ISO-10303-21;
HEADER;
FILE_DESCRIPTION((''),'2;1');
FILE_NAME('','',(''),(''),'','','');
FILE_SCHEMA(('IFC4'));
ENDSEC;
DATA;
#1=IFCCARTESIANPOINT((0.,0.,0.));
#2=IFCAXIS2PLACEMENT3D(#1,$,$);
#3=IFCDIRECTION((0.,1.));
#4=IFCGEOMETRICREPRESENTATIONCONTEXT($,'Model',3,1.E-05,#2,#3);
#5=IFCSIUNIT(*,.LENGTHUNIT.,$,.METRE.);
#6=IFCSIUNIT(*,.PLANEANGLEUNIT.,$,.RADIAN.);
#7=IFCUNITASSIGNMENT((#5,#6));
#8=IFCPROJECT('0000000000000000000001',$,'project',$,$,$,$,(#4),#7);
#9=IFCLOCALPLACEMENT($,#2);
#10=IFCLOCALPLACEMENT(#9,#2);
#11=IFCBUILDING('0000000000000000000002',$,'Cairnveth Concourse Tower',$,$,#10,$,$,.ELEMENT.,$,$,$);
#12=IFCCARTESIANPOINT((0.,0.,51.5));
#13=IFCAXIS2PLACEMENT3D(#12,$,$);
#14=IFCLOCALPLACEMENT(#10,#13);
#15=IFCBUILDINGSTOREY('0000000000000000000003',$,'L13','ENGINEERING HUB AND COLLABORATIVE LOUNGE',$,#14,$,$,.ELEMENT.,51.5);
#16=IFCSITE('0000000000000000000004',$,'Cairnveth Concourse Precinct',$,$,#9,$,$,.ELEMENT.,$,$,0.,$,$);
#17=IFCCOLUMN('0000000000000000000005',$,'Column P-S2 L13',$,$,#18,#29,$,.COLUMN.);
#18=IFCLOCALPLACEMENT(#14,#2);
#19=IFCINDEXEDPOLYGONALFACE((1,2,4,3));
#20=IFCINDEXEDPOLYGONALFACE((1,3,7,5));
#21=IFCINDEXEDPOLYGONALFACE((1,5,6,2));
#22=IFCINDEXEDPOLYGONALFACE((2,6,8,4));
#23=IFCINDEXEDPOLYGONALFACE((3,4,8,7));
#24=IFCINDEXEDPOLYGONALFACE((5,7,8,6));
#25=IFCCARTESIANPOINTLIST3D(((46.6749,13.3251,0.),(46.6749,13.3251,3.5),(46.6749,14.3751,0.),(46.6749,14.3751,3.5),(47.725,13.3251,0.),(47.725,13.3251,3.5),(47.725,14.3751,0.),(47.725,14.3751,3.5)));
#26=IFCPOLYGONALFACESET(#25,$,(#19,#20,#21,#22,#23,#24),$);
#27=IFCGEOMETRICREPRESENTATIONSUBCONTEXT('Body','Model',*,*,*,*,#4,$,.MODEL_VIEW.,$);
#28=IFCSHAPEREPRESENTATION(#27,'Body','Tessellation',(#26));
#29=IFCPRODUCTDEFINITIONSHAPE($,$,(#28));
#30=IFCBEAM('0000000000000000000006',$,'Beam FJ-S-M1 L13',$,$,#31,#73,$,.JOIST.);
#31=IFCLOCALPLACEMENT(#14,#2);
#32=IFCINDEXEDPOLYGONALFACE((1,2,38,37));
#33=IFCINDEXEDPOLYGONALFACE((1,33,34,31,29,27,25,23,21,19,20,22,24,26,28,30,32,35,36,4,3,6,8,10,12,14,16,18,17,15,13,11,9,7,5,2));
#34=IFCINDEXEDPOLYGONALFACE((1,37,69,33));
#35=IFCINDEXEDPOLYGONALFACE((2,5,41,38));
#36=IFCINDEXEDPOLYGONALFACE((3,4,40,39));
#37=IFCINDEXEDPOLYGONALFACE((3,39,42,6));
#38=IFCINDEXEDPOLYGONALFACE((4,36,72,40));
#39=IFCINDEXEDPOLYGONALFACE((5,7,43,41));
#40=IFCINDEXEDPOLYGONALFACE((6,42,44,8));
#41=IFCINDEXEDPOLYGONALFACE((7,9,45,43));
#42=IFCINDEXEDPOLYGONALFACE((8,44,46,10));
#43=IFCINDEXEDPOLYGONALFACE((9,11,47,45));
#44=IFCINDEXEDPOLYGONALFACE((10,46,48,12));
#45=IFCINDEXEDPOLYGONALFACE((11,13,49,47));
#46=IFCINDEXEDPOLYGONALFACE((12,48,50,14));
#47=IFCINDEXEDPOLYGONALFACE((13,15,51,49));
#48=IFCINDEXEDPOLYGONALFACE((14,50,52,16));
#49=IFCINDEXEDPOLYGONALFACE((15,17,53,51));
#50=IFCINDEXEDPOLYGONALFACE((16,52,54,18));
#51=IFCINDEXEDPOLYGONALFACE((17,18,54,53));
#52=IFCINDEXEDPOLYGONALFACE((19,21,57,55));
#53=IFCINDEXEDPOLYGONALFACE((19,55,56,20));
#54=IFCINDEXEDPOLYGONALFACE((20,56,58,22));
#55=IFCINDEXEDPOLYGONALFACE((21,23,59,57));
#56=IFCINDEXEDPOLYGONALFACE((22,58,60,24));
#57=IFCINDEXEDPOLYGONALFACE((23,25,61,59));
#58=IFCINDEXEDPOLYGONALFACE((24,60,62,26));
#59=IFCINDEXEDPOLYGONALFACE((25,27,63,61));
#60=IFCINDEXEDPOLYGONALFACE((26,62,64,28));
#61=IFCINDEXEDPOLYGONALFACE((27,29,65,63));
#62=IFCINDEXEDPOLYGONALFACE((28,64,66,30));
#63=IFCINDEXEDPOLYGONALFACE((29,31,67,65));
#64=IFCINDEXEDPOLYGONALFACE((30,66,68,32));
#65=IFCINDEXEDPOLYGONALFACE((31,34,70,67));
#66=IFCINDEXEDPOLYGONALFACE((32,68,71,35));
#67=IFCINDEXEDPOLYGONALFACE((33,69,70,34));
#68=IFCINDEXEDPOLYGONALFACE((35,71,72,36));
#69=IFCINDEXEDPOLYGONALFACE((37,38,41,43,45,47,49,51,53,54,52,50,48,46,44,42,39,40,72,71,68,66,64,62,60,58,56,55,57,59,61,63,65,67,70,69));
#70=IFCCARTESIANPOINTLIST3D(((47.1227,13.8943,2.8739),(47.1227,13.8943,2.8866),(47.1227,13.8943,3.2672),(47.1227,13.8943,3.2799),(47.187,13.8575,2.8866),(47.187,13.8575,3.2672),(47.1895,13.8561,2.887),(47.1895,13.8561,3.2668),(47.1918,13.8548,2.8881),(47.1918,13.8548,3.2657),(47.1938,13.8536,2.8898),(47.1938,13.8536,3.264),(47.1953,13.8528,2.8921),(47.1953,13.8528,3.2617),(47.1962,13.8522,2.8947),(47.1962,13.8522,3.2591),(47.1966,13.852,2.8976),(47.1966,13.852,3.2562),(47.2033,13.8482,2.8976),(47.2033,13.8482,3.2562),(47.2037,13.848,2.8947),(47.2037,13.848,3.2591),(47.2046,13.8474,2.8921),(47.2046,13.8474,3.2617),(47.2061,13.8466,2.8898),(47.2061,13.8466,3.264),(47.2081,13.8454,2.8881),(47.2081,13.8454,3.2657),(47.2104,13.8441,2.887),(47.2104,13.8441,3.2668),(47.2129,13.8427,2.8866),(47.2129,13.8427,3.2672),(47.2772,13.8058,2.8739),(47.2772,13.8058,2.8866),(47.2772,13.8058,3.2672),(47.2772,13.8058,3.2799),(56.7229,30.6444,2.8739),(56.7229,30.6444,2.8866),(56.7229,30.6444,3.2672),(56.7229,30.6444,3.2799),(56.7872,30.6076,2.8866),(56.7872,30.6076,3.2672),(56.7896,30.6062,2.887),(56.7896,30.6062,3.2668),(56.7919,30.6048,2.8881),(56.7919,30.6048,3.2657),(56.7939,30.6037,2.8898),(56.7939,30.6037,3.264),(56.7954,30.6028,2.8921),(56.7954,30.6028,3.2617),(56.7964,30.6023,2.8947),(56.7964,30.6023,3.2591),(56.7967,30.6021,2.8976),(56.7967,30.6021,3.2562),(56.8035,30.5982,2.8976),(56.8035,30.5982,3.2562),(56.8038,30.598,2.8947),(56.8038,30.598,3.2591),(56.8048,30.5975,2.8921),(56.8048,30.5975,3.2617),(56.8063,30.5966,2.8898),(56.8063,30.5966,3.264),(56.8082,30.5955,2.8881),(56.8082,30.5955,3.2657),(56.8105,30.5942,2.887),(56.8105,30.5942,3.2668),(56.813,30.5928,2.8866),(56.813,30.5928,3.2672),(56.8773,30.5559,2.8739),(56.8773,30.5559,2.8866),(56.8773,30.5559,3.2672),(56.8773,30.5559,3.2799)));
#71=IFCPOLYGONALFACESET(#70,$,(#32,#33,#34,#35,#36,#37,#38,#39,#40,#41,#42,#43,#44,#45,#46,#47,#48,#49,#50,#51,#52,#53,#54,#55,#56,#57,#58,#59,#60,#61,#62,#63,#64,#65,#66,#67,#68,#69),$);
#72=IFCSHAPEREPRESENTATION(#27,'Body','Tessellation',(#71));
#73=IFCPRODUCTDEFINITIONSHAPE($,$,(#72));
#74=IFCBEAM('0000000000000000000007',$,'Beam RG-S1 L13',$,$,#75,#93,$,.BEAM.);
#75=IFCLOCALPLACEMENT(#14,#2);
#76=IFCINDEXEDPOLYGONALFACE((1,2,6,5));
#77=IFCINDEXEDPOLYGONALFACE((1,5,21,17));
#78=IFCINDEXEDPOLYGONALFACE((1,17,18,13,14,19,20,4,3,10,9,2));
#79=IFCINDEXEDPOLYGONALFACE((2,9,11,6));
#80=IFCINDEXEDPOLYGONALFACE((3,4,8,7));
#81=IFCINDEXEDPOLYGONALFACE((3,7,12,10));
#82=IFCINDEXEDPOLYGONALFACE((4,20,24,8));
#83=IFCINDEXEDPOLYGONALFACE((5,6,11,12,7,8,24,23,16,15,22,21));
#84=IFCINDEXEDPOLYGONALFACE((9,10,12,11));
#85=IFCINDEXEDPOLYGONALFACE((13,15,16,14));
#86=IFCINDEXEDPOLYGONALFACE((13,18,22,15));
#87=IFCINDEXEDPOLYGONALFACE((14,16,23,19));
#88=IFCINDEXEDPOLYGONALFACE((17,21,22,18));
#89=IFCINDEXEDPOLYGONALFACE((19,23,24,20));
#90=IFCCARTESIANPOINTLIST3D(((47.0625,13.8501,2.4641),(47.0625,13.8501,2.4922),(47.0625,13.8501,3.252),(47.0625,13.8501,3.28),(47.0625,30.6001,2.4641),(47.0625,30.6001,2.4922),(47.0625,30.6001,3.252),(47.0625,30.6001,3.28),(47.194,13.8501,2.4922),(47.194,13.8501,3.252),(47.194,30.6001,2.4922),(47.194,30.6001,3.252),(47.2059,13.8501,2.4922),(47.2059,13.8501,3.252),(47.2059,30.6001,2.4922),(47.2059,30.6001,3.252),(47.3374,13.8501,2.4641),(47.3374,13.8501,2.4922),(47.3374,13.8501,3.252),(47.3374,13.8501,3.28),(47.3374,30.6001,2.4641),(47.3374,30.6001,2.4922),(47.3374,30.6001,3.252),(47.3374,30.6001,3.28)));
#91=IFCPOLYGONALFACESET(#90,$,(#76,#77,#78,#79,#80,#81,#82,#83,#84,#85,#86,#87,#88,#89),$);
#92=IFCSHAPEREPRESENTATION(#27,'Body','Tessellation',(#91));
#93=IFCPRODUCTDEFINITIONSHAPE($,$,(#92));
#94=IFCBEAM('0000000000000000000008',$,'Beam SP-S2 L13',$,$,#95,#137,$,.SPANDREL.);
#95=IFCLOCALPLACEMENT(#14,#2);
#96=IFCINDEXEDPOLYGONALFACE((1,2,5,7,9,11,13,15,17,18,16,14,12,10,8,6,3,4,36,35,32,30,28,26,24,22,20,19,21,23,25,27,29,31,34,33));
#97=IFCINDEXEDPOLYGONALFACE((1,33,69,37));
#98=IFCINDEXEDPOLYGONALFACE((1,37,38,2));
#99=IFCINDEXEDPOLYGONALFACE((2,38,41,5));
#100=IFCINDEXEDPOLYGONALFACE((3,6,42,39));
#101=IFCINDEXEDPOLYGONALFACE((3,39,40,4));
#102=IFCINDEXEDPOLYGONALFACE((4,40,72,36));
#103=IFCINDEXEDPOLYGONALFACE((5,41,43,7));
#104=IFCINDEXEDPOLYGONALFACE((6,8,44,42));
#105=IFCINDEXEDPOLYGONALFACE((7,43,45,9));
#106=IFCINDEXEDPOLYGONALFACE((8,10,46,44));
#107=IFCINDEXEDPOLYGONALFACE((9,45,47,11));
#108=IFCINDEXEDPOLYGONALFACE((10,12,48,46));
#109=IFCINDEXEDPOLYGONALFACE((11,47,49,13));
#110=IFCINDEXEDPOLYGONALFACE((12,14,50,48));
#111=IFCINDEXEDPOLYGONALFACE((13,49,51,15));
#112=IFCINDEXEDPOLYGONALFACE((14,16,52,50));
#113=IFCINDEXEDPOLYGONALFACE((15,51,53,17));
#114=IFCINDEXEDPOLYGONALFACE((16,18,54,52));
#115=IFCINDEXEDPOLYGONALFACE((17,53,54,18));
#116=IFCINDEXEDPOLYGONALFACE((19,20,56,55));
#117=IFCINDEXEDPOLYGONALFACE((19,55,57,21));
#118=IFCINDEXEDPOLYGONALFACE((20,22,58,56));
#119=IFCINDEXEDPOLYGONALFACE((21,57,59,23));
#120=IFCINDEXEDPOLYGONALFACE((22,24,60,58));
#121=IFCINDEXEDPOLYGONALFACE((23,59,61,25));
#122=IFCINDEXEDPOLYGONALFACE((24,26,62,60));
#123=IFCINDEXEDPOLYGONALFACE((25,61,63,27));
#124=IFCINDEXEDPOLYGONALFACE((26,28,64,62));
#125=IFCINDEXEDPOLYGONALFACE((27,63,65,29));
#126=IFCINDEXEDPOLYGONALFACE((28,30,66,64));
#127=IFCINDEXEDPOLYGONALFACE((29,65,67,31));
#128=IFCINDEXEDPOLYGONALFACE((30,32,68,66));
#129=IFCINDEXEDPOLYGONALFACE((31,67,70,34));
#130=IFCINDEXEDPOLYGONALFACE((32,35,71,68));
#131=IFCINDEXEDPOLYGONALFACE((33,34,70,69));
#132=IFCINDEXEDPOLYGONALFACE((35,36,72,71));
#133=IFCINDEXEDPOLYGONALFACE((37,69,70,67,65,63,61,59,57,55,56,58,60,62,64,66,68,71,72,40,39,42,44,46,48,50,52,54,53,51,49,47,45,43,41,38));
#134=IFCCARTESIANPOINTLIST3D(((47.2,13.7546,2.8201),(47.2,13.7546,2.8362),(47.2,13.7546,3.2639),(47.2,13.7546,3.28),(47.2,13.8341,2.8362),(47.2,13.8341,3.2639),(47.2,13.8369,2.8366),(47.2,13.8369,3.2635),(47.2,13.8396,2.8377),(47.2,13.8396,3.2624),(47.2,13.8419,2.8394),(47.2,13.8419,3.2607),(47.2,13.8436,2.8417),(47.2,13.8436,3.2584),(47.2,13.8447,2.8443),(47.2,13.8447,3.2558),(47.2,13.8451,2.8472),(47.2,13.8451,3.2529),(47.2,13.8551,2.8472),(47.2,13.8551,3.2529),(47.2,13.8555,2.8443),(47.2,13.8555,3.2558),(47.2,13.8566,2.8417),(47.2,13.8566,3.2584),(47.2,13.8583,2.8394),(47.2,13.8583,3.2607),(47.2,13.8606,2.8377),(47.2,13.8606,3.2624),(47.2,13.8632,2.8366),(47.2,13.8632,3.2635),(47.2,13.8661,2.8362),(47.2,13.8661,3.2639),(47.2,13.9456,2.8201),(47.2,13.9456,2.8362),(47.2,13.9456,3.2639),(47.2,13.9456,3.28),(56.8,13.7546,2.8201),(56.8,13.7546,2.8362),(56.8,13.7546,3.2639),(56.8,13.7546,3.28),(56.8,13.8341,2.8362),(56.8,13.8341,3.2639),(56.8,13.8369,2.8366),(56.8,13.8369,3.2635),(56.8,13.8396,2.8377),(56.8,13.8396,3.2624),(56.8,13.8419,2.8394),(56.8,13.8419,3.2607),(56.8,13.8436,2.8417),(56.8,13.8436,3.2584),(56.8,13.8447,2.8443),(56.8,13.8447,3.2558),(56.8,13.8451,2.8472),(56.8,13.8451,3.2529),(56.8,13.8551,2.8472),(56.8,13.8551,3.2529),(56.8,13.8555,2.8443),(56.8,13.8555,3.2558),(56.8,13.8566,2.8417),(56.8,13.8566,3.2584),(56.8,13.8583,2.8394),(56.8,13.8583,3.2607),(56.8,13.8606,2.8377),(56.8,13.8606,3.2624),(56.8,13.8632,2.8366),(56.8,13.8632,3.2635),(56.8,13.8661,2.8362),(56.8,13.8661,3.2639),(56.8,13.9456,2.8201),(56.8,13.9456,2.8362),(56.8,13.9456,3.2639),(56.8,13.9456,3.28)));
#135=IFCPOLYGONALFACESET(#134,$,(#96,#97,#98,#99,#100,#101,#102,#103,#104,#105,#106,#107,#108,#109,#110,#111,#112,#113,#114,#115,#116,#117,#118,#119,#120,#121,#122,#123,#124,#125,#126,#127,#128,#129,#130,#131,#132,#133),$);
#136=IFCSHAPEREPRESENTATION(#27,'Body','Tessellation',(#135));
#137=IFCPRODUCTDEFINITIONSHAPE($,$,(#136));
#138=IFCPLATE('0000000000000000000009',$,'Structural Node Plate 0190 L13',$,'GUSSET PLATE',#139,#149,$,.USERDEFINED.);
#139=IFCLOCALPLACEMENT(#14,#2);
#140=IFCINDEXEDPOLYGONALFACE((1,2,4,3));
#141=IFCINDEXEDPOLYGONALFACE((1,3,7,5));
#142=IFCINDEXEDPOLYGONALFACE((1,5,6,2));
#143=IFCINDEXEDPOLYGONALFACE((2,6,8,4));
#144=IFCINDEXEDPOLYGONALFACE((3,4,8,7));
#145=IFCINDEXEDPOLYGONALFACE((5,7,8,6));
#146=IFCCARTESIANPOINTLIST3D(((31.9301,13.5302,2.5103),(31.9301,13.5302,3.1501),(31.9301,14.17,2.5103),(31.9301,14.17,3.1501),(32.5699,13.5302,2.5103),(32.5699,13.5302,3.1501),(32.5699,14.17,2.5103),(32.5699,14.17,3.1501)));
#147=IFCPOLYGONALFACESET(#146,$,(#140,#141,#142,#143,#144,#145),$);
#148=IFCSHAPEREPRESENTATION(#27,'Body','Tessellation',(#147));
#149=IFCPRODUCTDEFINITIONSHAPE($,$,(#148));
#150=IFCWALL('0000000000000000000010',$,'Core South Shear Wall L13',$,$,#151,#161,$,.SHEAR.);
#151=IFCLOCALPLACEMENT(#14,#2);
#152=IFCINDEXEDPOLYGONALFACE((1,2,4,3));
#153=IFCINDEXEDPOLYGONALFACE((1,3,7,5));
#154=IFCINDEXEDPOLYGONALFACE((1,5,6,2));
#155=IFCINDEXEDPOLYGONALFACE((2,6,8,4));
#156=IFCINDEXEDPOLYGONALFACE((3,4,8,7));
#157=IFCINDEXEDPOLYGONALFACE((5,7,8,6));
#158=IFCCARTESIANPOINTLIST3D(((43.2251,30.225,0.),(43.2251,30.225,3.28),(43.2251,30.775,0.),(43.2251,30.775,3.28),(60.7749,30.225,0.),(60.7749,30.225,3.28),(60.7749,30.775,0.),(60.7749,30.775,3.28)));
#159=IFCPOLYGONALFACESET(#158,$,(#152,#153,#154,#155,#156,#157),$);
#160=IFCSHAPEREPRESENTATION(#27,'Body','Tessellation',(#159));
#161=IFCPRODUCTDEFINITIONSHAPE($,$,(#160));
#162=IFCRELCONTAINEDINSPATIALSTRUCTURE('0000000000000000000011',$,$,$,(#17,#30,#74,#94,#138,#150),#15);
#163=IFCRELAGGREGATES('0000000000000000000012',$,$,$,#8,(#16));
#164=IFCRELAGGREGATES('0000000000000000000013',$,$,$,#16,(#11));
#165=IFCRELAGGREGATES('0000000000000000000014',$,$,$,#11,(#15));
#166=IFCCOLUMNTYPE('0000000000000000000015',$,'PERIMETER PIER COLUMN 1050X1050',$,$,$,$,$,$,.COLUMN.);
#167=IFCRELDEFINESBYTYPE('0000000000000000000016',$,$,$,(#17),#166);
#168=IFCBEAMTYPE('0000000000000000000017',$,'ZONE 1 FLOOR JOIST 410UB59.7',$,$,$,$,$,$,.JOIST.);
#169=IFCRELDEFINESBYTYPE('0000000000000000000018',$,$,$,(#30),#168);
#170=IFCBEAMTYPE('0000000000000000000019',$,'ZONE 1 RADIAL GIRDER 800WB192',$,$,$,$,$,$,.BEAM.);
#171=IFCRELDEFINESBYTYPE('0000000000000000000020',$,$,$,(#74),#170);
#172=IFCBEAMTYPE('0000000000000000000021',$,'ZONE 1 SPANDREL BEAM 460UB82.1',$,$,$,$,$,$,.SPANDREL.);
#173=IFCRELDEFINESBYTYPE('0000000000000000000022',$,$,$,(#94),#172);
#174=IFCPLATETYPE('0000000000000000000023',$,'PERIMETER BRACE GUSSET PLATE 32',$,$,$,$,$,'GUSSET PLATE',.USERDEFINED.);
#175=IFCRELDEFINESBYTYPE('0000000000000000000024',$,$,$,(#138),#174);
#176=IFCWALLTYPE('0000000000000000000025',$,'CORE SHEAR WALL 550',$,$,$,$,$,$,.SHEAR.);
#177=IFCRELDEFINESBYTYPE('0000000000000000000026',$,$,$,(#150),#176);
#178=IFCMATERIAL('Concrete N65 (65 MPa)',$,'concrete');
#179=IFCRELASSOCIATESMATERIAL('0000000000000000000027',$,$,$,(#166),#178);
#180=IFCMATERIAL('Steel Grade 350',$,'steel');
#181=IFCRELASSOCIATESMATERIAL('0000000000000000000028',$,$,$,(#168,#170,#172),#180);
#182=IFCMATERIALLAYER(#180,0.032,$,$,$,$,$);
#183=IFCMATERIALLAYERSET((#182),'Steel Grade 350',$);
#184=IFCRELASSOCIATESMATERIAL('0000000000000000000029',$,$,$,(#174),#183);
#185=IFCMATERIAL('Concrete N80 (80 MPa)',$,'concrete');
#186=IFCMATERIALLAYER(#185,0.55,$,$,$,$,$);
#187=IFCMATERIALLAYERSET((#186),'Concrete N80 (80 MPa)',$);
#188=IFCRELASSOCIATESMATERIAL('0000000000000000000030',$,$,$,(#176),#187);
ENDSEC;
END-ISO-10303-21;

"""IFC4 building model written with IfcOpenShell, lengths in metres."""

from ifc_helpers import new_model, si_unit, direction, frame, frame_2d, origin, origin_2d, place, context, subcontext, project, spatial, rectangle, i_section, extrude, material, layer, layer_set, material_profile, profile_set, type_object, element, save


model = new_model("IFC4")

# Units and contexts
model_context = context("Model", 3, precision=1e-05, world=origin(), true_north=direction((0.0, 1.0)))
body_context = subcontext(model_context, "Body", "Model", "MODEL_VIEW")
ifc_project = project(units=[si_unit("LENGTHUNIT", "METRE"), si_unit("PLANEANGLEUNIT", "RADIAN")], contexts=[model_context])

# Site, building, storey
site_placement = place(None, origin())
site = spatial("IfcSite", under=ifc_project, at=site_placement, Name="Cairnveth Concourse Precinct", CompositionType="ELEMENT", RefElevation=0.0)
building_placement = place(site_placement, origin())
building = spatial("IfcBuilding", under=site, at=building_placement, Name="Cairnveth Concourse Tower", CompositionType="ELEMENT")
storey_placement = place(building_placement, frame((0.0, 0.0, 51.5)))
storey = spatial("IfcBuildingStorey", under=building, at=storey_placement, Name="L13", Description="ENGINEERING HUB AND COLLABORATIVE LOUNGE", CompositionType="ELEMENT", Elevation=51.5)

# Column
ifc_material_1 = material(Name="Concrete N65 (65 MPa)", Category="concrete")
ifc_material_profile_1 = material_profile(ifc_material_1, rectangle(XDim=1.05, YDim=1.05, at=origin_2d()), Name="RC-COL-1050x1050")
ifc_profile_set_1 = profile_set([ifc_material_profile_1], Name="Concrete N65 (65 MPa)")
column_type = type_object("IfcColumnType", Name="PERIMETER PIER COLUMN 1050X1050", PredefinedType="COLUMN", material=ifc_profile_set_1)
column_placement = place(storey_placement, frame((47.2, 13.8501, 0.0), z_axis=(0.0, 0.0, 1.0), x_axis=(1.0, 0.0, 0.0)))
element("IfcColumn", 1, at=column_placement, inside=storey, type_object=column_type, Name="Column P-S2 L13", PredefinedType="COLUMN", context=body_context, shape_type="SweptSolid", body=[
    extrude(rectangle(XDim=1.05, YDim=1.05, at=origin_2d()), origin(), (0.0, 0.0, 1.0), 3.5),
])

# Beams
ifc_material_2 = material(Name="Steel Grade 350", Category="steel")
ifc_material_profile_2 = material_profile(ifc_material_2, i_section(OverallWidth=0.178, OverallDepth=0.406, WebThickness=0.0078, FlangeThickness=0.0127, FilletRadius=0.011, at=origin_2d()), Name="410UB59.7")
ifc_profile_set_2 = profile_set([ifc_material_profile_2], Name="Steel Grade 350")
beam_type_1 = type_object("IfcBeamType", Name="ZONE 1 FLOOR JOIST 410UB59.7", PredefinedType="JOIST", material=ifc_profile_set_2)
beam_1_placement = place(storey_placement, frame((47.2, 13.8501, 3.0769), z_axis=(0.497258, 0.867603, 0.0), x_axis=(-0.867603, 0.497258, 0.0)))
element("IfcBeam", 2, at=beam_1_placement, inside=storey, type_object=beam_type_1, Name="Beam FJ-S-M1 L13", PredefinedType="JOIST", context=body_context, shape_type="SweptSolid", body=[
    extrude(i_section(OverallWidth=0.178, OverallDepth=0.406, WebThickness=0.0078, FlangeThickness=0.0127, FilletRadius=0.011, at=origin_2d()), origin(), (0.0, 0.0, 1.0), 19.3062),
])
ifc_material_profile_3 = material_profile(ifc_material_2, i_section(OverallWidth=0.2749, OverallDepth=0.8159, WebThickness=0.012, FlangeThickness=0.0281, at=origin_2d()), Name="800WB192")
ifc_profile_set_3 = profile_set([ifc_material_profile_3], Name="Steel Grade 350")
beam_type_2 = type_object("IfcBeamType", Name="ZONE 1 RADIAL GIRDER 800WB192", PredefinedType="BEAM", material=ifc_profile_set_3)
beam_2_placement = place(storey_placement, frame((47.2, 13.8501, 2.8721), z_axis=(0.0, 1.0, 0.0), x_axis=(-1.0, 0.0, 0.0)))
element("IfcBeam", 3, at=beam_2_placement, inside=storey, type_object=beam_type_2, Name="Beam RG-S1 L13", PredefinedType="BEAM", context=body_context, shape_type="SweptSolid", body=[
    extrude(i_section(OverallWidth=0.2749, OverallDepth=0.8159, WebThickness=0.012, FlangeThickness=0.0281, at=origin_2d()), origin(), (0.0, 0.0, 1.0), 16.75),
])
ifc_material_profile_4 = material_profile(ifc_material_2, i_section(OverallWidth=0.1909, OverallDepth=0.46, WebThickness=0.01, FlangeThickness=0.0161, FilletRadius=0.011, at=origin_2d()), Name="460UB82.1")
ifc_profile_set_4 = profile_set([ifc_material_profile_4], Name="Steel Grade 350")
beam_type_3 = type_object("IfcBeamType", Name="ZONE 1 SPANDREL BEAM 460UB82.1", PredefinedType="SPANDREL", material=ifc_profile_set_4)
beam_3_placement = place(storey_placement, frame((47.2, 13.8501, 3.05), z_axis=(1.0, 0.0, 0.0), x_axis=(0.0, 1.0, 0.0)))
element("IfcBeam", 4, at=beam_3_placement, inside=storey, type_object=beam_type_3, Name="Beam SP-S2 L13", PredefinedType="SPANDREL", context=body_context, shape_type="SweptSolid", body=[
    extrude(i_section(OverallWidth=0.1909, OverallDepth=0.46, WebThickness=0.01, FlangeThickness=0.0161, FilletRadius=0.011, at=origin_2d()), origin(), (0.0, 0.0, 1.0), 9.6001),
])

# Plate
ifc_layer_1 = layer(ifc_material_2, 0.032)
ifc_layer_set_1 = layer_set([ifc_layer_1], Name="Steel Grade 350")
plate_type = type_object("IfcPlateType", Name="PERIMETER BRACE GUSSET PLATE 32", ElementType="GUSSET PLATE", PredefinedType="USERDEFINED", material=ifc_layer_set_1)
plate_placement = place(storey_placement, frame((32.25, 13.8501, 2.5103), z_axis=(0.0, 0.0, 1.0), x_axis=(1.0, 0.0, 0.0)))
element("IfcPlate", 5, at=plate_placement, inside=storey, type_object=plate_type, Name="Structural Node Plate 0190 L13", ObjectType="GUSSET PLATE", PredefinedType="USERDEFINED", context=body_context, shape_type="SweptSolid", body=[
    extrude(rectangle(XDim=0.6399, YDim=0.6399, at=origin_2d()), origin(), (0.0, 0.0, 1.0), 0.6399),
])

# Wall
ifc_material_3 = material(Name="Concrete N80 (80 MPa)", Category="concrete")
ifc_layer_2 = layer(ifc_material_3, 0.55)
ifc_layer_set_2 = layer_set([ifc_layer_2], Name="Concrete N80 (80 MPa)")
wall_type_1 = type_object("IfcWallType", Name="CORE SHEAR WALL 550", PredefinedType="SHEAR", material=ifc_layer_set_2)
wall_1_placement = place(storey_placement, frame((43.2251, 30.5, 0.0), z_axis=(0.0, 0.0, 1.0), x_axis=(1.0, 0.0, 0.0)))
element("IfcWall", 6, at=wall_1_placement, inside=storey, type_object=wall_type_1, Name="Core South Shear Wall L13", PredefinedType="SHEAR", context=body_context, shape_type="SweptSolid", body=[
    extrude(rectangle(XDim=17.5498, YDim=0.55, at=frame_2d((8.7749, 0.0))), origin(), (0.0, 0.0, 1.0), 3.28),
])

save(model, "model.ifc")
